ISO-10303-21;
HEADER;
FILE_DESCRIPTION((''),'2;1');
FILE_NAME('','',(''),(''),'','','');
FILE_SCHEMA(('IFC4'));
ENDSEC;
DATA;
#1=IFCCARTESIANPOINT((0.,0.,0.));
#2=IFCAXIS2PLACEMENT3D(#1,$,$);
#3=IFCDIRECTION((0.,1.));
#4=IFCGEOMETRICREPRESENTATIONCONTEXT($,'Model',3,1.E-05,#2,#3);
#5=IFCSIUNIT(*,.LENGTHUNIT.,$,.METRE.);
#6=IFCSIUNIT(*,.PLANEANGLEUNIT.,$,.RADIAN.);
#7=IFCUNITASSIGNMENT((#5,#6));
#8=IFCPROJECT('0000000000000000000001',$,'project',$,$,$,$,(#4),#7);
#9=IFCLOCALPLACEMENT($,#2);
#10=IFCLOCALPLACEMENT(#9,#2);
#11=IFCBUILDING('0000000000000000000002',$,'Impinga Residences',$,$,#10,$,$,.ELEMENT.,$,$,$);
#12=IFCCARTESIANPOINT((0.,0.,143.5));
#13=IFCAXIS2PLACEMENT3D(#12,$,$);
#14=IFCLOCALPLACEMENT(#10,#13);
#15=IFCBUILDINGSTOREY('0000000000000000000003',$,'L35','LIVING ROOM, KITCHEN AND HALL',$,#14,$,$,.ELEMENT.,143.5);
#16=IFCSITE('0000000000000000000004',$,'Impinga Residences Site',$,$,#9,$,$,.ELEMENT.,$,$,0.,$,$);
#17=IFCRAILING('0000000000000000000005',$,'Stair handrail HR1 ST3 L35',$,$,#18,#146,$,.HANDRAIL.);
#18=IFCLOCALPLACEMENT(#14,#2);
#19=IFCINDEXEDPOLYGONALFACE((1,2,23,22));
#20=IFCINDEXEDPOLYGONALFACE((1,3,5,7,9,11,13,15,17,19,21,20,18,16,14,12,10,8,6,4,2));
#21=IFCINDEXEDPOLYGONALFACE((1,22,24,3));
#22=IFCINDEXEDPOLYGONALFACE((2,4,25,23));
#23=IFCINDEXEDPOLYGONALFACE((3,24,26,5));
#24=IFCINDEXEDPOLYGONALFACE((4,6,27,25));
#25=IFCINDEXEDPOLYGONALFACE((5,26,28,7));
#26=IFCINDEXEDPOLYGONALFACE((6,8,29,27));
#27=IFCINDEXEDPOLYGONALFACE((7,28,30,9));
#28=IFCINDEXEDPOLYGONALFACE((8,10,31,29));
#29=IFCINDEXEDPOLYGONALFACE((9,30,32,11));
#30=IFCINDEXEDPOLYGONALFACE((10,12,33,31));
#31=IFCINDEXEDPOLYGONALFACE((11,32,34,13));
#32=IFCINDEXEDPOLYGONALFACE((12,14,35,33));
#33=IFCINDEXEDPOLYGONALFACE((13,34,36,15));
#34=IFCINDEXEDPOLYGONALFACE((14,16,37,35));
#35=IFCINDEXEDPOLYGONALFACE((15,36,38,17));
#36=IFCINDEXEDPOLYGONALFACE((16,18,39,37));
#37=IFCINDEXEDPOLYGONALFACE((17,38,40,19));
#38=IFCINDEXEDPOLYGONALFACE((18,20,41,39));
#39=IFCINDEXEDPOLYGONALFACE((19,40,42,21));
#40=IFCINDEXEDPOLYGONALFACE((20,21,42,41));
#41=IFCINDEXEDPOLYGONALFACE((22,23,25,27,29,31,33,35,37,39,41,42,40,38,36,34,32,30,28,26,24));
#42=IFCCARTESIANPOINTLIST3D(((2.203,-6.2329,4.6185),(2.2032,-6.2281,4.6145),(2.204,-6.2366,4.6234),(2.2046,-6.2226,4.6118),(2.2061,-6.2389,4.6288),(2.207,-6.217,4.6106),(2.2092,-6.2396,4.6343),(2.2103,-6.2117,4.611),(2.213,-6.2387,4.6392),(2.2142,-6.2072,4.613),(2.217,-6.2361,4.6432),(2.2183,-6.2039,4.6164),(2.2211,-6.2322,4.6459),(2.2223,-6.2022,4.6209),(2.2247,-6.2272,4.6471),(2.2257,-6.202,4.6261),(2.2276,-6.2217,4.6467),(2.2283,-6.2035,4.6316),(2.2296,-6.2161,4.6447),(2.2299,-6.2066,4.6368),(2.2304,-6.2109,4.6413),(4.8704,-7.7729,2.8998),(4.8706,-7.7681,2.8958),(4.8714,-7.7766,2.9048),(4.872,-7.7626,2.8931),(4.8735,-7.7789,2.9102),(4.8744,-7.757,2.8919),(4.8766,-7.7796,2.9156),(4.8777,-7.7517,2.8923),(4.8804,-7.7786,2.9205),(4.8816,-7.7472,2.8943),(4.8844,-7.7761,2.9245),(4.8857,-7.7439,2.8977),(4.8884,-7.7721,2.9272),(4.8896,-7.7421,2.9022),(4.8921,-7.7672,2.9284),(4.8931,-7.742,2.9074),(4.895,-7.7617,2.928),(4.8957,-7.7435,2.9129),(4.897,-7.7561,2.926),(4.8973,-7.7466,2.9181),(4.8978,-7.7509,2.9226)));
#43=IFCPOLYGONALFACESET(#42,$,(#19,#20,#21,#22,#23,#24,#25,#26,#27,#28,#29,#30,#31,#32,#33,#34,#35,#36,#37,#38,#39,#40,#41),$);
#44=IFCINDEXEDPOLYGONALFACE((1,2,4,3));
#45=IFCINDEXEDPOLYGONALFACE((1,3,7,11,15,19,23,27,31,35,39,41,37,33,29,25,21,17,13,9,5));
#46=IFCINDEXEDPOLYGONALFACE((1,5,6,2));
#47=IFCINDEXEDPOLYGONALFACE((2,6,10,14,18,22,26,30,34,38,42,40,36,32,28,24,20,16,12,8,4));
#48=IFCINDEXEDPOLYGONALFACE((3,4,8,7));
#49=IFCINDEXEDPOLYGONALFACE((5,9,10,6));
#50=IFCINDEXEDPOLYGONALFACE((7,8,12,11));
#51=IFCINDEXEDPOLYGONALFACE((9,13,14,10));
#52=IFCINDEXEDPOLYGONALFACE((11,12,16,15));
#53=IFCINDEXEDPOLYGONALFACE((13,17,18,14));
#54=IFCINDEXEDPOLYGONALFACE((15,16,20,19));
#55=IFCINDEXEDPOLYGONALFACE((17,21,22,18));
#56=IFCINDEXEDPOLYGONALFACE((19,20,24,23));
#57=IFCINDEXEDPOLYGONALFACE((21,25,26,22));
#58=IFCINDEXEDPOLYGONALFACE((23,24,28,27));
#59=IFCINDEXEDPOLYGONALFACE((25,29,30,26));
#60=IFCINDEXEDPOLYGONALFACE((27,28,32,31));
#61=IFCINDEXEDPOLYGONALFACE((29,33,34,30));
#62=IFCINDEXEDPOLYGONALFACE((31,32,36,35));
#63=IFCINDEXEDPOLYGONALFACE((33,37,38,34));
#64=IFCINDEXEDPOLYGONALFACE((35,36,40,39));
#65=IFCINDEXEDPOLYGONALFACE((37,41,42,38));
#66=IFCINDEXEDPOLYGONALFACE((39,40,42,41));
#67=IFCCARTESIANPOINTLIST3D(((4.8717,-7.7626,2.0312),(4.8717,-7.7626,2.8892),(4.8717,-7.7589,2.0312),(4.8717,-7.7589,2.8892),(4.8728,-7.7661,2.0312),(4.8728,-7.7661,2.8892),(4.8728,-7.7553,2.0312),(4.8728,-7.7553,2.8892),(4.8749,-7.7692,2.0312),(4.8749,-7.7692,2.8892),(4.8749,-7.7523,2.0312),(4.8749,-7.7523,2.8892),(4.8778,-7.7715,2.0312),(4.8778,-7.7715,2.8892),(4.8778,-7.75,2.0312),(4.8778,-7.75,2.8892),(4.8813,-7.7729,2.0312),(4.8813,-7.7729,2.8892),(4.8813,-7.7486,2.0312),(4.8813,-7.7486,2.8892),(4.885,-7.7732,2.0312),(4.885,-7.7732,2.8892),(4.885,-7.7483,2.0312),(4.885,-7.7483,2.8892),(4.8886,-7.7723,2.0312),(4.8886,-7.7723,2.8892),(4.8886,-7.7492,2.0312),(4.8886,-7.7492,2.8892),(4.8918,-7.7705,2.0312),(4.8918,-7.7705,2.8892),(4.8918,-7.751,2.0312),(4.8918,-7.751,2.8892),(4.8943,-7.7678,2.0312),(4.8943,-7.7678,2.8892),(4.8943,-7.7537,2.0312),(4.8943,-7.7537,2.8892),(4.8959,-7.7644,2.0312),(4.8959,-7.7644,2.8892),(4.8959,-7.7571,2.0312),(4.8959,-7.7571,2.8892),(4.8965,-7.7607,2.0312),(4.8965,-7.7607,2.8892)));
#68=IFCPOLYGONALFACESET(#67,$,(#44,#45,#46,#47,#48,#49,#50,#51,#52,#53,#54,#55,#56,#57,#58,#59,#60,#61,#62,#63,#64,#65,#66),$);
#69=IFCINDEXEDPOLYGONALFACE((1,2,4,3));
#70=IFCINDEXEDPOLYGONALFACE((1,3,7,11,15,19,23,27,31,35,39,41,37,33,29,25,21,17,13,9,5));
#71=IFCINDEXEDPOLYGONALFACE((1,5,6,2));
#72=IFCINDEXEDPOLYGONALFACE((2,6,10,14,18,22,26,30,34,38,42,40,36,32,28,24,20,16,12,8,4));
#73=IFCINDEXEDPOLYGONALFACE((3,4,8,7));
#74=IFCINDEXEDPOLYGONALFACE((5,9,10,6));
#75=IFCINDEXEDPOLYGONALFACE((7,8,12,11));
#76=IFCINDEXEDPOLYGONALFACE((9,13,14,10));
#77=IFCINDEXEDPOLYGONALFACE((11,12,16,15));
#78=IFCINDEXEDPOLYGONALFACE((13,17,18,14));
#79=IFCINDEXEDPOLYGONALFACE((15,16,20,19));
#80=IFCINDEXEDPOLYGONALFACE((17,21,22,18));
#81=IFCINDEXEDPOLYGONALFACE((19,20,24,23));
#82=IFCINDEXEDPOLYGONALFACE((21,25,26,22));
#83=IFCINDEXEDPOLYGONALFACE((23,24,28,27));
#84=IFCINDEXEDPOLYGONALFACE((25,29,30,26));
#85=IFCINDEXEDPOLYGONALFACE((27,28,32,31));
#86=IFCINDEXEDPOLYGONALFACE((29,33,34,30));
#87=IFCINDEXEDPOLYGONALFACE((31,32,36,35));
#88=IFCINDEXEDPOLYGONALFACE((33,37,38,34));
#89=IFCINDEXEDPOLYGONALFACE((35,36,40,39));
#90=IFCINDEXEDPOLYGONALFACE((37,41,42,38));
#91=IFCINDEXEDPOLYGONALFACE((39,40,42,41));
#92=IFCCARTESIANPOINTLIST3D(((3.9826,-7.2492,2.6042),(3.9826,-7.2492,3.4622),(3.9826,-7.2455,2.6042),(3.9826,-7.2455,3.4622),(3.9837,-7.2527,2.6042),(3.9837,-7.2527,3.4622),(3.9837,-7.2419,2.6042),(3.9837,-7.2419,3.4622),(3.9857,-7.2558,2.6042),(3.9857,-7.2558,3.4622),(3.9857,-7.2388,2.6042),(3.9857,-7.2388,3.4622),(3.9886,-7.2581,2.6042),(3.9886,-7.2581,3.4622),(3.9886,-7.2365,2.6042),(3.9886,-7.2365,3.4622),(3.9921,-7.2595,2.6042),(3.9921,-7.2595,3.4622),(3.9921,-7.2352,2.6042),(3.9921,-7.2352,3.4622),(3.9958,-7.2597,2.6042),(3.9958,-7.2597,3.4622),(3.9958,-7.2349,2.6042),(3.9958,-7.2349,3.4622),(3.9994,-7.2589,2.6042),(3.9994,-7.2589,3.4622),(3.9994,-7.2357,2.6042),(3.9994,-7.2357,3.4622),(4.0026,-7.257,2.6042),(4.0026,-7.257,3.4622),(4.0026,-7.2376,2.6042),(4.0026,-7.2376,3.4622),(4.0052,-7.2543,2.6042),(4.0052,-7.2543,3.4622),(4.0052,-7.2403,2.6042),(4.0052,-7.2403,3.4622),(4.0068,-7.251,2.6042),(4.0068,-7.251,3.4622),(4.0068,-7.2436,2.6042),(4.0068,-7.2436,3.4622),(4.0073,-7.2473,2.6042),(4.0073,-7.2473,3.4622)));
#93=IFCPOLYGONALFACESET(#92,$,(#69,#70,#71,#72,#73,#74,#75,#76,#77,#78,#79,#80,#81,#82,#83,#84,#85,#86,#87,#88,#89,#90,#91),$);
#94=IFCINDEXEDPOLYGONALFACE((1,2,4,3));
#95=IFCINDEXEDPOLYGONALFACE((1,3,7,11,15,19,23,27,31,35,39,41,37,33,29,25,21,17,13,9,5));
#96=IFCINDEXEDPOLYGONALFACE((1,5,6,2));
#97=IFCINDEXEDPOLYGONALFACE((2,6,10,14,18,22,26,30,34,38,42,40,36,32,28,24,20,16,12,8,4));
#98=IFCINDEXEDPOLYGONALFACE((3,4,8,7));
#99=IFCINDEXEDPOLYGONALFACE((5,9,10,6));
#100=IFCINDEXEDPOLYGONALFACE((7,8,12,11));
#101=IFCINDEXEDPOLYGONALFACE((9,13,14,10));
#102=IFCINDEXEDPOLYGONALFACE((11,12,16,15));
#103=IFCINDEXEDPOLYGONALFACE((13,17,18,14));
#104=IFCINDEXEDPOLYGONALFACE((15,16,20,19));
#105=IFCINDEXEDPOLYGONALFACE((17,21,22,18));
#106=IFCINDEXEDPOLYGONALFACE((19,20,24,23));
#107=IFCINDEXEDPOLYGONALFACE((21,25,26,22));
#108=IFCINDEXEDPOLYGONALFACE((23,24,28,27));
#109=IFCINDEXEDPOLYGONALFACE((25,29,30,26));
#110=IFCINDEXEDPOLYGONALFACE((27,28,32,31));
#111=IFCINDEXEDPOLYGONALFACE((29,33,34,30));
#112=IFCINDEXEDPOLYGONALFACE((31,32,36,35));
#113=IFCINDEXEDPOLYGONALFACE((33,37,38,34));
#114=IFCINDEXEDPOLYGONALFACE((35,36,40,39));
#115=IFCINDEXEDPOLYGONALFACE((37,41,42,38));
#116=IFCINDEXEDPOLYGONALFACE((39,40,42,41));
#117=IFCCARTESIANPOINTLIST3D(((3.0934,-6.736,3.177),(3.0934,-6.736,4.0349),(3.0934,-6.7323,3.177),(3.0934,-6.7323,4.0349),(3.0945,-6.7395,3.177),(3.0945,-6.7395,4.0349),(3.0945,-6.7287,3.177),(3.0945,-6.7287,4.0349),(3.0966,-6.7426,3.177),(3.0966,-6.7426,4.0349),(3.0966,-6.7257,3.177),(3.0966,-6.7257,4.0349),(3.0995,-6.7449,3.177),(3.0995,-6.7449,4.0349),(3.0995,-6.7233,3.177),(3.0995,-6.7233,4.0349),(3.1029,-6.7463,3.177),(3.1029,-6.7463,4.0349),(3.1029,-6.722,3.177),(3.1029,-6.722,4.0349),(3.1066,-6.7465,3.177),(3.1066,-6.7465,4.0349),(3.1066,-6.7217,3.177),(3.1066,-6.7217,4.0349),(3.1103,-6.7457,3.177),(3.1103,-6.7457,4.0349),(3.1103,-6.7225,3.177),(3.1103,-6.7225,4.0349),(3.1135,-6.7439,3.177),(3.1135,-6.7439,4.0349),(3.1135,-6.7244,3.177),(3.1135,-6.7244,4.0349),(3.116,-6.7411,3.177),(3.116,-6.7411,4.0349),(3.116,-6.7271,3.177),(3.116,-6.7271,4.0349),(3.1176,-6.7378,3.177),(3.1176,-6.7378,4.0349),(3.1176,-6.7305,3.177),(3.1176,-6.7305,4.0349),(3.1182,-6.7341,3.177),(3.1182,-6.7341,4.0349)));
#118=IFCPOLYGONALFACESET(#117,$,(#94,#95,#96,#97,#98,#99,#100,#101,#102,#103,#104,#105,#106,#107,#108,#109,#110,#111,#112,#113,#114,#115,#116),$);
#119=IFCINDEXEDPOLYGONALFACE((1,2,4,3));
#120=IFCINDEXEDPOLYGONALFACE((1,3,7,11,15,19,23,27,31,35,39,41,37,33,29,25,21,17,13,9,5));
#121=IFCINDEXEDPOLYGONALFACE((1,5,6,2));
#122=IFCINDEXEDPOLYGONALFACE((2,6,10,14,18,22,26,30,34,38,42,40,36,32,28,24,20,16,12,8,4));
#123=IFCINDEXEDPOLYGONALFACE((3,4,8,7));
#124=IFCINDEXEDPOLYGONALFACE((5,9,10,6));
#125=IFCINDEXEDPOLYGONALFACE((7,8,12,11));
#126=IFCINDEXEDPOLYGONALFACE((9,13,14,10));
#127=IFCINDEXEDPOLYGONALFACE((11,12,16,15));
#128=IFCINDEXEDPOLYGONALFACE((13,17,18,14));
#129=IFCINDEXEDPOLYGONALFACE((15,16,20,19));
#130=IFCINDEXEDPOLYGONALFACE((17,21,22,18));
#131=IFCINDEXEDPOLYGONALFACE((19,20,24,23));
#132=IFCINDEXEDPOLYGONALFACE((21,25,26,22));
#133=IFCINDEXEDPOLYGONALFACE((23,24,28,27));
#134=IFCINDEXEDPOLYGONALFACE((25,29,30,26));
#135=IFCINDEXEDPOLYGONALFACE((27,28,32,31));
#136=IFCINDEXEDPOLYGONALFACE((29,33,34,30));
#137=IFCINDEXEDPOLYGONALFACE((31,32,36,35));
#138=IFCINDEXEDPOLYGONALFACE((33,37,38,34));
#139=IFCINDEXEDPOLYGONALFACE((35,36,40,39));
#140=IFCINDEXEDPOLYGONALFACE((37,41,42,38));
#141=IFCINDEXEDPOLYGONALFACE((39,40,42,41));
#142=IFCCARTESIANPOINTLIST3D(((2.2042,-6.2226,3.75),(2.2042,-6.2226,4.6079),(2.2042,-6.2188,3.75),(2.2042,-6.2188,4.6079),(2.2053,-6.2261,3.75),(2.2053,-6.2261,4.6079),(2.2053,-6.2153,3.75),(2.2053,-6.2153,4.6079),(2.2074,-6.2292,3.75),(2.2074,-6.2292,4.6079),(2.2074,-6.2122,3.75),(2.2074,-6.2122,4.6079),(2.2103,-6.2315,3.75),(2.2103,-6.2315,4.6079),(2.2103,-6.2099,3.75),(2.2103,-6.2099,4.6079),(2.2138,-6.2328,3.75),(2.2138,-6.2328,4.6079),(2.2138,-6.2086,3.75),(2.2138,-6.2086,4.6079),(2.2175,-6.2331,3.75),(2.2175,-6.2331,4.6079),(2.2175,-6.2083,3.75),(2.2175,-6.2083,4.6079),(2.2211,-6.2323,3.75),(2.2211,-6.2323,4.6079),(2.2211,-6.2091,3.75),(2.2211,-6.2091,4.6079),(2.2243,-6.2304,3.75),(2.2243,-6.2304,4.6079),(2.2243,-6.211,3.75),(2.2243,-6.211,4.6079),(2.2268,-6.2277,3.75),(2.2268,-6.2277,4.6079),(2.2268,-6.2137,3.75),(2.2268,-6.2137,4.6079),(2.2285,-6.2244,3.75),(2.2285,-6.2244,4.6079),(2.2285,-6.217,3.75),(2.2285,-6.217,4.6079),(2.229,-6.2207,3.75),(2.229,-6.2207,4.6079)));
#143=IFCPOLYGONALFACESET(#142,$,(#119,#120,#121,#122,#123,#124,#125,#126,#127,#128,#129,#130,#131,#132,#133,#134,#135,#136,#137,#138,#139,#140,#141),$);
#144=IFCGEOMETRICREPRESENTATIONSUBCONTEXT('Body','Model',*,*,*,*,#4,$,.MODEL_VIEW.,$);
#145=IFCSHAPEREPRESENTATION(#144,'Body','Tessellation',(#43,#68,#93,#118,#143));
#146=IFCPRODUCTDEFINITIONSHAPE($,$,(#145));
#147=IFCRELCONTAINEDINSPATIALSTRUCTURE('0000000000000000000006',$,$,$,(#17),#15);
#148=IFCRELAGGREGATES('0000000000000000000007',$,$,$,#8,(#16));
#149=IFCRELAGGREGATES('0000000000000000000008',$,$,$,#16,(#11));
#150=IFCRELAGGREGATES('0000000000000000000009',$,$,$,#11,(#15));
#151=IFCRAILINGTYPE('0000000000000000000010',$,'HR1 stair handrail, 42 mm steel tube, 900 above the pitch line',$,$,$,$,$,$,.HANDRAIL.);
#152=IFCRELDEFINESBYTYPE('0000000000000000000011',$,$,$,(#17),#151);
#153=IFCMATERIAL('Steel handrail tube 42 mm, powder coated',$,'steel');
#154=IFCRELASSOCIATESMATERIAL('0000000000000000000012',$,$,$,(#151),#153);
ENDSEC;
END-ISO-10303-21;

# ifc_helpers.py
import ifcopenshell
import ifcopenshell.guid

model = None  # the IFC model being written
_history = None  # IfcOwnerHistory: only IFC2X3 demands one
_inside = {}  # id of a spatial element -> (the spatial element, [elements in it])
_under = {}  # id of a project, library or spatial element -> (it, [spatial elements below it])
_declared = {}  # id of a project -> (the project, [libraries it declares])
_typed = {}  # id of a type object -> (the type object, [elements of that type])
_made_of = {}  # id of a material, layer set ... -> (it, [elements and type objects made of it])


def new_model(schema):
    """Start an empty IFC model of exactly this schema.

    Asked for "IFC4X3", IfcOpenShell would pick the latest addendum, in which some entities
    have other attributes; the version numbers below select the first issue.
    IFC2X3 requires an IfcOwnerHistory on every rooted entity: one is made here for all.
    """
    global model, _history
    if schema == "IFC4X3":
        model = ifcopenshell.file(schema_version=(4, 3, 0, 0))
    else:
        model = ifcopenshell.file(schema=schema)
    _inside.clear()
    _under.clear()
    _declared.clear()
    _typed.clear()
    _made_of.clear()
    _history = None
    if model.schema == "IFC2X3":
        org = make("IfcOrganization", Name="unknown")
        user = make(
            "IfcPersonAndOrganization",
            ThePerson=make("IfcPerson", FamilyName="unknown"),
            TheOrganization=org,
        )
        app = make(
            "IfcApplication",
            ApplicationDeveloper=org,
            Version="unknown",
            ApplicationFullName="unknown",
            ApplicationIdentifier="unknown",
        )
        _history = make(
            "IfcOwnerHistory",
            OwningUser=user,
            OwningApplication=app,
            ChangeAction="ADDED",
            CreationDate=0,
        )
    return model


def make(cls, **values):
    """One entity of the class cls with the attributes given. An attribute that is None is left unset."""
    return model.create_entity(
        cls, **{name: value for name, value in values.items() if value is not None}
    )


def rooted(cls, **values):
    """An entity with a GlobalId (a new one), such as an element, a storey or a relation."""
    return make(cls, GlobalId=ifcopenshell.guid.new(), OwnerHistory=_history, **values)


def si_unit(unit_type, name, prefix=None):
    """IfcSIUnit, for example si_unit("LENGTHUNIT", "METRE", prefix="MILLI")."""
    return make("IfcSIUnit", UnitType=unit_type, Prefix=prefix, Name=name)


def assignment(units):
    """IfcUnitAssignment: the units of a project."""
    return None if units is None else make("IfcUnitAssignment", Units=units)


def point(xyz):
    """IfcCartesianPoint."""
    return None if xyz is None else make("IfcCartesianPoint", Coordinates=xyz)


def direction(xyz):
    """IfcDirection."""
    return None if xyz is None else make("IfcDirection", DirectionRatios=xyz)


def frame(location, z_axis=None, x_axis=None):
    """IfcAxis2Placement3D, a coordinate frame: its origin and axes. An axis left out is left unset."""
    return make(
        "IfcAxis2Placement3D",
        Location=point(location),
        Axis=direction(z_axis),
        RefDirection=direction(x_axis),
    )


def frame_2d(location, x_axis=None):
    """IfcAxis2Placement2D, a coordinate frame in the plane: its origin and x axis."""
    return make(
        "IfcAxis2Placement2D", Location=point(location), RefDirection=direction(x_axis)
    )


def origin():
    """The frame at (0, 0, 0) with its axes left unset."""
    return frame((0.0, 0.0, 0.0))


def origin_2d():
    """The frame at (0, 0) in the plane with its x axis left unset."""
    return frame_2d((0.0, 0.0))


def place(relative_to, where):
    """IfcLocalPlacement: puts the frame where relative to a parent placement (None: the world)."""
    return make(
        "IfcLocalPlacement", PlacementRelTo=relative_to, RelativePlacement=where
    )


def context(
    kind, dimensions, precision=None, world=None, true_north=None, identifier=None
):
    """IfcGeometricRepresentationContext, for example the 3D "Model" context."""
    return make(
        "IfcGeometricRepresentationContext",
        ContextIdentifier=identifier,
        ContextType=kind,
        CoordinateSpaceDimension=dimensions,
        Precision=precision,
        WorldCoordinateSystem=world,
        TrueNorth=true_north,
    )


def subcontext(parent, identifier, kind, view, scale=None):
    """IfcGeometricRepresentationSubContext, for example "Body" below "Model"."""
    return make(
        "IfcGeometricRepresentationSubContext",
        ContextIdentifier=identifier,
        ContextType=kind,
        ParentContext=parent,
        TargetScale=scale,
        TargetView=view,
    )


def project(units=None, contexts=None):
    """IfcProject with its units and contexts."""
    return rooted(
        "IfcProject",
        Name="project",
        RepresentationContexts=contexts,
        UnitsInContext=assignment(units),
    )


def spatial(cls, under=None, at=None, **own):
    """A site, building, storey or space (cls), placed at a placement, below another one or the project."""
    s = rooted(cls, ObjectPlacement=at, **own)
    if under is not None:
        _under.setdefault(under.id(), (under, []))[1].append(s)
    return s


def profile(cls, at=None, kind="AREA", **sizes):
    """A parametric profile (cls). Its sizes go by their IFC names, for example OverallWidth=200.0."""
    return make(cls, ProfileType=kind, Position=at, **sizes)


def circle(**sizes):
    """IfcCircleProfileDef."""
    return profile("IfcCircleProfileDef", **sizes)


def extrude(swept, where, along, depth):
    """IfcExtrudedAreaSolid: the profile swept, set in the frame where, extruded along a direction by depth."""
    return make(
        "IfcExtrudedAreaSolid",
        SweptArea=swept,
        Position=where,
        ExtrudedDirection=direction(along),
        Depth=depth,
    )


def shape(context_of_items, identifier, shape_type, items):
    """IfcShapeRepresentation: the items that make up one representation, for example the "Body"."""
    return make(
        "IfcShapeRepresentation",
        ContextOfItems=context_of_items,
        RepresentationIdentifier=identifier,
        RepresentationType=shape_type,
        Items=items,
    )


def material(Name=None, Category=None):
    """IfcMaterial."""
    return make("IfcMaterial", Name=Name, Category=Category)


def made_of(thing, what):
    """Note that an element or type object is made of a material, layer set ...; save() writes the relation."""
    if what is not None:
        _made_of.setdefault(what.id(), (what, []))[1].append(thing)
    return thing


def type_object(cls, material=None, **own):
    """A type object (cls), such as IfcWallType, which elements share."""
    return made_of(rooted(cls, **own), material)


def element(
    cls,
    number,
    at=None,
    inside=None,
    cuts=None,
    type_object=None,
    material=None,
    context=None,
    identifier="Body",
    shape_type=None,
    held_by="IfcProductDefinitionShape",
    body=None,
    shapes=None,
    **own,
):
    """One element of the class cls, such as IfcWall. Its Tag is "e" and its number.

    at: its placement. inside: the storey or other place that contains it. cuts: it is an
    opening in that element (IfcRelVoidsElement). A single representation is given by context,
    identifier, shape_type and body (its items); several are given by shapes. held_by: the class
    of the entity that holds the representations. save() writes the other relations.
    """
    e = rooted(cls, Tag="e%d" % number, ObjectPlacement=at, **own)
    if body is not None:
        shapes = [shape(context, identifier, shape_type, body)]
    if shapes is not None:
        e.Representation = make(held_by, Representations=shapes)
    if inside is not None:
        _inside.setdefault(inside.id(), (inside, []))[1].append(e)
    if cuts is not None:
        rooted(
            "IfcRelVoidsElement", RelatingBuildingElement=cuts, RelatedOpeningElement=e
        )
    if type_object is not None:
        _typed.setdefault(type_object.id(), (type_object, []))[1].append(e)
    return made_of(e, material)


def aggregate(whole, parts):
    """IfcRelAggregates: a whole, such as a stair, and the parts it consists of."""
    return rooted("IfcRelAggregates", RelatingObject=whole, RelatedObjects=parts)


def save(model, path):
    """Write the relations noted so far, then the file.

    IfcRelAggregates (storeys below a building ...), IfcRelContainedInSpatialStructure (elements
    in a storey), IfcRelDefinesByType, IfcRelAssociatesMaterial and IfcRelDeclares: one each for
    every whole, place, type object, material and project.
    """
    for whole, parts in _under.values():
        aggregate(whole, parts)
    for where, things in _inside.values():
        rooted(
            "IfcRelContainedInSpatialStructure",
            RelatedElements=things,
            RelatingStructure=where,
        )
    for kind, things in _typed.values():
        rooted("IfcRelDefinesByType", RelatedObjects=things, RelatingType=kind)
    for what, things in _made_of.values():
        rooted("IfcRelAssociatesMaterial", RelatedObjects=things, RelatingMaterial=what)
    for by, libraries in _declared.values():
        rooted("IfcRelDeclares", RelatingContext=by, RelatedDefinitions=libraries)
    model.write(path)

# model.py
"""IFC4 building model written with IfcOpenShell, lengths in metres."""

from ifc_helpers import new_model, si_unit, direction, frame, origin, origin_2d, place, context, subcontext, project, spatial, circle, extrude, material, type_object, element, save


model = new_model("IFC4")

# Units and contexts
model_context = context("Model", 3, precision=1e-05, world=origin(), true_north=direction((0.0, 1.0)))
body_context = subcontext(model_context, "Body", "Model", "MODEL_VIEW")
ifc_project = project(units=[si_unit("LENGTHUNIT", "METRE"), si_unit("PLANEANGLEUNIT", "RADIAN")], contexts=[model_context])

# Site, building, storey
site_placement = place(None, origin())
site = spatial("IfcSite", under=ifc_project, at=site_placement, Name="Impinga Residences Site", CompositionType="ELEMENT", RefElevation=0.0)
building_placement = place(site_placement, origin())
building = spatial("IfcBuilding", under=site, at=building_placement, Name="Impinga Residences", CompositionType="ELEMENT")
storey_placement = place(building_placement, frame((0.0, 0.0, 143.5)))
storey = spatial("IfcBuildingStorey", under=building, at=storey_placement, Name="L35", Description="LIVING ROOM, KITCHEN AND HALL", CompositionType="ELEMENT", Elevation=143.5)

# Railing
ifc_material_1 = material(Name="Steel handrail tube 42 mm, powder coated", Category="steel")
railing_type_1 = type_object("IfcRailingType", Name="HR1 stair handrail, 42 mm steel tube, 900 above the pitch line", PredefinedType="HANDRAIL", material=ifc_material_1)
railing_1_placement = place(storey_placement, frame((4.884, -7.7607, 2.0312)))
element("IfcRailing", 1, at=railing_1_placement, inside=storey, type_object=railing_type_1, Name="Stair handrail HR1 ST3 L35", PredefinedType="HANDRAIL", context=body_context, shape_type="SweptSolid", body=[
    extrude(circle(Radius=0.021, at=origin_2d()), frame((0.0, 0.0, 0.8789), z_axis=(-0.756256, 0.436616, 0.487282), x_axis=(-0.499992, -0.86603, 0.0)), (0.0, 0.0, 1.0), 3.5271),
    extrude(circle(Radius=0.0125, at=origin_2d()), origin(), (0.0, 0.0, 1.0), 0.8579),
    extrude(circle(Radius=0.0125, at=origin_2d()), frame((-0.8892, 0.5134, 0.573)), (0.0, 0.0, 1.0), 0.8579),
    extrude(circle(Radius=0.0125, at=origin_2d()), frame((-1.7783, 1.0266, 1.1458)), (0.0, 0.0, 1.0), 0.8579),
    extrude(circle(Radius=0.0125, at=origin_2d()), frame((-2.6675, 1.54, 1.7188)), (0.0, 0.0, 1.0), 0.8579),
])

save(model, "model.ifc")
